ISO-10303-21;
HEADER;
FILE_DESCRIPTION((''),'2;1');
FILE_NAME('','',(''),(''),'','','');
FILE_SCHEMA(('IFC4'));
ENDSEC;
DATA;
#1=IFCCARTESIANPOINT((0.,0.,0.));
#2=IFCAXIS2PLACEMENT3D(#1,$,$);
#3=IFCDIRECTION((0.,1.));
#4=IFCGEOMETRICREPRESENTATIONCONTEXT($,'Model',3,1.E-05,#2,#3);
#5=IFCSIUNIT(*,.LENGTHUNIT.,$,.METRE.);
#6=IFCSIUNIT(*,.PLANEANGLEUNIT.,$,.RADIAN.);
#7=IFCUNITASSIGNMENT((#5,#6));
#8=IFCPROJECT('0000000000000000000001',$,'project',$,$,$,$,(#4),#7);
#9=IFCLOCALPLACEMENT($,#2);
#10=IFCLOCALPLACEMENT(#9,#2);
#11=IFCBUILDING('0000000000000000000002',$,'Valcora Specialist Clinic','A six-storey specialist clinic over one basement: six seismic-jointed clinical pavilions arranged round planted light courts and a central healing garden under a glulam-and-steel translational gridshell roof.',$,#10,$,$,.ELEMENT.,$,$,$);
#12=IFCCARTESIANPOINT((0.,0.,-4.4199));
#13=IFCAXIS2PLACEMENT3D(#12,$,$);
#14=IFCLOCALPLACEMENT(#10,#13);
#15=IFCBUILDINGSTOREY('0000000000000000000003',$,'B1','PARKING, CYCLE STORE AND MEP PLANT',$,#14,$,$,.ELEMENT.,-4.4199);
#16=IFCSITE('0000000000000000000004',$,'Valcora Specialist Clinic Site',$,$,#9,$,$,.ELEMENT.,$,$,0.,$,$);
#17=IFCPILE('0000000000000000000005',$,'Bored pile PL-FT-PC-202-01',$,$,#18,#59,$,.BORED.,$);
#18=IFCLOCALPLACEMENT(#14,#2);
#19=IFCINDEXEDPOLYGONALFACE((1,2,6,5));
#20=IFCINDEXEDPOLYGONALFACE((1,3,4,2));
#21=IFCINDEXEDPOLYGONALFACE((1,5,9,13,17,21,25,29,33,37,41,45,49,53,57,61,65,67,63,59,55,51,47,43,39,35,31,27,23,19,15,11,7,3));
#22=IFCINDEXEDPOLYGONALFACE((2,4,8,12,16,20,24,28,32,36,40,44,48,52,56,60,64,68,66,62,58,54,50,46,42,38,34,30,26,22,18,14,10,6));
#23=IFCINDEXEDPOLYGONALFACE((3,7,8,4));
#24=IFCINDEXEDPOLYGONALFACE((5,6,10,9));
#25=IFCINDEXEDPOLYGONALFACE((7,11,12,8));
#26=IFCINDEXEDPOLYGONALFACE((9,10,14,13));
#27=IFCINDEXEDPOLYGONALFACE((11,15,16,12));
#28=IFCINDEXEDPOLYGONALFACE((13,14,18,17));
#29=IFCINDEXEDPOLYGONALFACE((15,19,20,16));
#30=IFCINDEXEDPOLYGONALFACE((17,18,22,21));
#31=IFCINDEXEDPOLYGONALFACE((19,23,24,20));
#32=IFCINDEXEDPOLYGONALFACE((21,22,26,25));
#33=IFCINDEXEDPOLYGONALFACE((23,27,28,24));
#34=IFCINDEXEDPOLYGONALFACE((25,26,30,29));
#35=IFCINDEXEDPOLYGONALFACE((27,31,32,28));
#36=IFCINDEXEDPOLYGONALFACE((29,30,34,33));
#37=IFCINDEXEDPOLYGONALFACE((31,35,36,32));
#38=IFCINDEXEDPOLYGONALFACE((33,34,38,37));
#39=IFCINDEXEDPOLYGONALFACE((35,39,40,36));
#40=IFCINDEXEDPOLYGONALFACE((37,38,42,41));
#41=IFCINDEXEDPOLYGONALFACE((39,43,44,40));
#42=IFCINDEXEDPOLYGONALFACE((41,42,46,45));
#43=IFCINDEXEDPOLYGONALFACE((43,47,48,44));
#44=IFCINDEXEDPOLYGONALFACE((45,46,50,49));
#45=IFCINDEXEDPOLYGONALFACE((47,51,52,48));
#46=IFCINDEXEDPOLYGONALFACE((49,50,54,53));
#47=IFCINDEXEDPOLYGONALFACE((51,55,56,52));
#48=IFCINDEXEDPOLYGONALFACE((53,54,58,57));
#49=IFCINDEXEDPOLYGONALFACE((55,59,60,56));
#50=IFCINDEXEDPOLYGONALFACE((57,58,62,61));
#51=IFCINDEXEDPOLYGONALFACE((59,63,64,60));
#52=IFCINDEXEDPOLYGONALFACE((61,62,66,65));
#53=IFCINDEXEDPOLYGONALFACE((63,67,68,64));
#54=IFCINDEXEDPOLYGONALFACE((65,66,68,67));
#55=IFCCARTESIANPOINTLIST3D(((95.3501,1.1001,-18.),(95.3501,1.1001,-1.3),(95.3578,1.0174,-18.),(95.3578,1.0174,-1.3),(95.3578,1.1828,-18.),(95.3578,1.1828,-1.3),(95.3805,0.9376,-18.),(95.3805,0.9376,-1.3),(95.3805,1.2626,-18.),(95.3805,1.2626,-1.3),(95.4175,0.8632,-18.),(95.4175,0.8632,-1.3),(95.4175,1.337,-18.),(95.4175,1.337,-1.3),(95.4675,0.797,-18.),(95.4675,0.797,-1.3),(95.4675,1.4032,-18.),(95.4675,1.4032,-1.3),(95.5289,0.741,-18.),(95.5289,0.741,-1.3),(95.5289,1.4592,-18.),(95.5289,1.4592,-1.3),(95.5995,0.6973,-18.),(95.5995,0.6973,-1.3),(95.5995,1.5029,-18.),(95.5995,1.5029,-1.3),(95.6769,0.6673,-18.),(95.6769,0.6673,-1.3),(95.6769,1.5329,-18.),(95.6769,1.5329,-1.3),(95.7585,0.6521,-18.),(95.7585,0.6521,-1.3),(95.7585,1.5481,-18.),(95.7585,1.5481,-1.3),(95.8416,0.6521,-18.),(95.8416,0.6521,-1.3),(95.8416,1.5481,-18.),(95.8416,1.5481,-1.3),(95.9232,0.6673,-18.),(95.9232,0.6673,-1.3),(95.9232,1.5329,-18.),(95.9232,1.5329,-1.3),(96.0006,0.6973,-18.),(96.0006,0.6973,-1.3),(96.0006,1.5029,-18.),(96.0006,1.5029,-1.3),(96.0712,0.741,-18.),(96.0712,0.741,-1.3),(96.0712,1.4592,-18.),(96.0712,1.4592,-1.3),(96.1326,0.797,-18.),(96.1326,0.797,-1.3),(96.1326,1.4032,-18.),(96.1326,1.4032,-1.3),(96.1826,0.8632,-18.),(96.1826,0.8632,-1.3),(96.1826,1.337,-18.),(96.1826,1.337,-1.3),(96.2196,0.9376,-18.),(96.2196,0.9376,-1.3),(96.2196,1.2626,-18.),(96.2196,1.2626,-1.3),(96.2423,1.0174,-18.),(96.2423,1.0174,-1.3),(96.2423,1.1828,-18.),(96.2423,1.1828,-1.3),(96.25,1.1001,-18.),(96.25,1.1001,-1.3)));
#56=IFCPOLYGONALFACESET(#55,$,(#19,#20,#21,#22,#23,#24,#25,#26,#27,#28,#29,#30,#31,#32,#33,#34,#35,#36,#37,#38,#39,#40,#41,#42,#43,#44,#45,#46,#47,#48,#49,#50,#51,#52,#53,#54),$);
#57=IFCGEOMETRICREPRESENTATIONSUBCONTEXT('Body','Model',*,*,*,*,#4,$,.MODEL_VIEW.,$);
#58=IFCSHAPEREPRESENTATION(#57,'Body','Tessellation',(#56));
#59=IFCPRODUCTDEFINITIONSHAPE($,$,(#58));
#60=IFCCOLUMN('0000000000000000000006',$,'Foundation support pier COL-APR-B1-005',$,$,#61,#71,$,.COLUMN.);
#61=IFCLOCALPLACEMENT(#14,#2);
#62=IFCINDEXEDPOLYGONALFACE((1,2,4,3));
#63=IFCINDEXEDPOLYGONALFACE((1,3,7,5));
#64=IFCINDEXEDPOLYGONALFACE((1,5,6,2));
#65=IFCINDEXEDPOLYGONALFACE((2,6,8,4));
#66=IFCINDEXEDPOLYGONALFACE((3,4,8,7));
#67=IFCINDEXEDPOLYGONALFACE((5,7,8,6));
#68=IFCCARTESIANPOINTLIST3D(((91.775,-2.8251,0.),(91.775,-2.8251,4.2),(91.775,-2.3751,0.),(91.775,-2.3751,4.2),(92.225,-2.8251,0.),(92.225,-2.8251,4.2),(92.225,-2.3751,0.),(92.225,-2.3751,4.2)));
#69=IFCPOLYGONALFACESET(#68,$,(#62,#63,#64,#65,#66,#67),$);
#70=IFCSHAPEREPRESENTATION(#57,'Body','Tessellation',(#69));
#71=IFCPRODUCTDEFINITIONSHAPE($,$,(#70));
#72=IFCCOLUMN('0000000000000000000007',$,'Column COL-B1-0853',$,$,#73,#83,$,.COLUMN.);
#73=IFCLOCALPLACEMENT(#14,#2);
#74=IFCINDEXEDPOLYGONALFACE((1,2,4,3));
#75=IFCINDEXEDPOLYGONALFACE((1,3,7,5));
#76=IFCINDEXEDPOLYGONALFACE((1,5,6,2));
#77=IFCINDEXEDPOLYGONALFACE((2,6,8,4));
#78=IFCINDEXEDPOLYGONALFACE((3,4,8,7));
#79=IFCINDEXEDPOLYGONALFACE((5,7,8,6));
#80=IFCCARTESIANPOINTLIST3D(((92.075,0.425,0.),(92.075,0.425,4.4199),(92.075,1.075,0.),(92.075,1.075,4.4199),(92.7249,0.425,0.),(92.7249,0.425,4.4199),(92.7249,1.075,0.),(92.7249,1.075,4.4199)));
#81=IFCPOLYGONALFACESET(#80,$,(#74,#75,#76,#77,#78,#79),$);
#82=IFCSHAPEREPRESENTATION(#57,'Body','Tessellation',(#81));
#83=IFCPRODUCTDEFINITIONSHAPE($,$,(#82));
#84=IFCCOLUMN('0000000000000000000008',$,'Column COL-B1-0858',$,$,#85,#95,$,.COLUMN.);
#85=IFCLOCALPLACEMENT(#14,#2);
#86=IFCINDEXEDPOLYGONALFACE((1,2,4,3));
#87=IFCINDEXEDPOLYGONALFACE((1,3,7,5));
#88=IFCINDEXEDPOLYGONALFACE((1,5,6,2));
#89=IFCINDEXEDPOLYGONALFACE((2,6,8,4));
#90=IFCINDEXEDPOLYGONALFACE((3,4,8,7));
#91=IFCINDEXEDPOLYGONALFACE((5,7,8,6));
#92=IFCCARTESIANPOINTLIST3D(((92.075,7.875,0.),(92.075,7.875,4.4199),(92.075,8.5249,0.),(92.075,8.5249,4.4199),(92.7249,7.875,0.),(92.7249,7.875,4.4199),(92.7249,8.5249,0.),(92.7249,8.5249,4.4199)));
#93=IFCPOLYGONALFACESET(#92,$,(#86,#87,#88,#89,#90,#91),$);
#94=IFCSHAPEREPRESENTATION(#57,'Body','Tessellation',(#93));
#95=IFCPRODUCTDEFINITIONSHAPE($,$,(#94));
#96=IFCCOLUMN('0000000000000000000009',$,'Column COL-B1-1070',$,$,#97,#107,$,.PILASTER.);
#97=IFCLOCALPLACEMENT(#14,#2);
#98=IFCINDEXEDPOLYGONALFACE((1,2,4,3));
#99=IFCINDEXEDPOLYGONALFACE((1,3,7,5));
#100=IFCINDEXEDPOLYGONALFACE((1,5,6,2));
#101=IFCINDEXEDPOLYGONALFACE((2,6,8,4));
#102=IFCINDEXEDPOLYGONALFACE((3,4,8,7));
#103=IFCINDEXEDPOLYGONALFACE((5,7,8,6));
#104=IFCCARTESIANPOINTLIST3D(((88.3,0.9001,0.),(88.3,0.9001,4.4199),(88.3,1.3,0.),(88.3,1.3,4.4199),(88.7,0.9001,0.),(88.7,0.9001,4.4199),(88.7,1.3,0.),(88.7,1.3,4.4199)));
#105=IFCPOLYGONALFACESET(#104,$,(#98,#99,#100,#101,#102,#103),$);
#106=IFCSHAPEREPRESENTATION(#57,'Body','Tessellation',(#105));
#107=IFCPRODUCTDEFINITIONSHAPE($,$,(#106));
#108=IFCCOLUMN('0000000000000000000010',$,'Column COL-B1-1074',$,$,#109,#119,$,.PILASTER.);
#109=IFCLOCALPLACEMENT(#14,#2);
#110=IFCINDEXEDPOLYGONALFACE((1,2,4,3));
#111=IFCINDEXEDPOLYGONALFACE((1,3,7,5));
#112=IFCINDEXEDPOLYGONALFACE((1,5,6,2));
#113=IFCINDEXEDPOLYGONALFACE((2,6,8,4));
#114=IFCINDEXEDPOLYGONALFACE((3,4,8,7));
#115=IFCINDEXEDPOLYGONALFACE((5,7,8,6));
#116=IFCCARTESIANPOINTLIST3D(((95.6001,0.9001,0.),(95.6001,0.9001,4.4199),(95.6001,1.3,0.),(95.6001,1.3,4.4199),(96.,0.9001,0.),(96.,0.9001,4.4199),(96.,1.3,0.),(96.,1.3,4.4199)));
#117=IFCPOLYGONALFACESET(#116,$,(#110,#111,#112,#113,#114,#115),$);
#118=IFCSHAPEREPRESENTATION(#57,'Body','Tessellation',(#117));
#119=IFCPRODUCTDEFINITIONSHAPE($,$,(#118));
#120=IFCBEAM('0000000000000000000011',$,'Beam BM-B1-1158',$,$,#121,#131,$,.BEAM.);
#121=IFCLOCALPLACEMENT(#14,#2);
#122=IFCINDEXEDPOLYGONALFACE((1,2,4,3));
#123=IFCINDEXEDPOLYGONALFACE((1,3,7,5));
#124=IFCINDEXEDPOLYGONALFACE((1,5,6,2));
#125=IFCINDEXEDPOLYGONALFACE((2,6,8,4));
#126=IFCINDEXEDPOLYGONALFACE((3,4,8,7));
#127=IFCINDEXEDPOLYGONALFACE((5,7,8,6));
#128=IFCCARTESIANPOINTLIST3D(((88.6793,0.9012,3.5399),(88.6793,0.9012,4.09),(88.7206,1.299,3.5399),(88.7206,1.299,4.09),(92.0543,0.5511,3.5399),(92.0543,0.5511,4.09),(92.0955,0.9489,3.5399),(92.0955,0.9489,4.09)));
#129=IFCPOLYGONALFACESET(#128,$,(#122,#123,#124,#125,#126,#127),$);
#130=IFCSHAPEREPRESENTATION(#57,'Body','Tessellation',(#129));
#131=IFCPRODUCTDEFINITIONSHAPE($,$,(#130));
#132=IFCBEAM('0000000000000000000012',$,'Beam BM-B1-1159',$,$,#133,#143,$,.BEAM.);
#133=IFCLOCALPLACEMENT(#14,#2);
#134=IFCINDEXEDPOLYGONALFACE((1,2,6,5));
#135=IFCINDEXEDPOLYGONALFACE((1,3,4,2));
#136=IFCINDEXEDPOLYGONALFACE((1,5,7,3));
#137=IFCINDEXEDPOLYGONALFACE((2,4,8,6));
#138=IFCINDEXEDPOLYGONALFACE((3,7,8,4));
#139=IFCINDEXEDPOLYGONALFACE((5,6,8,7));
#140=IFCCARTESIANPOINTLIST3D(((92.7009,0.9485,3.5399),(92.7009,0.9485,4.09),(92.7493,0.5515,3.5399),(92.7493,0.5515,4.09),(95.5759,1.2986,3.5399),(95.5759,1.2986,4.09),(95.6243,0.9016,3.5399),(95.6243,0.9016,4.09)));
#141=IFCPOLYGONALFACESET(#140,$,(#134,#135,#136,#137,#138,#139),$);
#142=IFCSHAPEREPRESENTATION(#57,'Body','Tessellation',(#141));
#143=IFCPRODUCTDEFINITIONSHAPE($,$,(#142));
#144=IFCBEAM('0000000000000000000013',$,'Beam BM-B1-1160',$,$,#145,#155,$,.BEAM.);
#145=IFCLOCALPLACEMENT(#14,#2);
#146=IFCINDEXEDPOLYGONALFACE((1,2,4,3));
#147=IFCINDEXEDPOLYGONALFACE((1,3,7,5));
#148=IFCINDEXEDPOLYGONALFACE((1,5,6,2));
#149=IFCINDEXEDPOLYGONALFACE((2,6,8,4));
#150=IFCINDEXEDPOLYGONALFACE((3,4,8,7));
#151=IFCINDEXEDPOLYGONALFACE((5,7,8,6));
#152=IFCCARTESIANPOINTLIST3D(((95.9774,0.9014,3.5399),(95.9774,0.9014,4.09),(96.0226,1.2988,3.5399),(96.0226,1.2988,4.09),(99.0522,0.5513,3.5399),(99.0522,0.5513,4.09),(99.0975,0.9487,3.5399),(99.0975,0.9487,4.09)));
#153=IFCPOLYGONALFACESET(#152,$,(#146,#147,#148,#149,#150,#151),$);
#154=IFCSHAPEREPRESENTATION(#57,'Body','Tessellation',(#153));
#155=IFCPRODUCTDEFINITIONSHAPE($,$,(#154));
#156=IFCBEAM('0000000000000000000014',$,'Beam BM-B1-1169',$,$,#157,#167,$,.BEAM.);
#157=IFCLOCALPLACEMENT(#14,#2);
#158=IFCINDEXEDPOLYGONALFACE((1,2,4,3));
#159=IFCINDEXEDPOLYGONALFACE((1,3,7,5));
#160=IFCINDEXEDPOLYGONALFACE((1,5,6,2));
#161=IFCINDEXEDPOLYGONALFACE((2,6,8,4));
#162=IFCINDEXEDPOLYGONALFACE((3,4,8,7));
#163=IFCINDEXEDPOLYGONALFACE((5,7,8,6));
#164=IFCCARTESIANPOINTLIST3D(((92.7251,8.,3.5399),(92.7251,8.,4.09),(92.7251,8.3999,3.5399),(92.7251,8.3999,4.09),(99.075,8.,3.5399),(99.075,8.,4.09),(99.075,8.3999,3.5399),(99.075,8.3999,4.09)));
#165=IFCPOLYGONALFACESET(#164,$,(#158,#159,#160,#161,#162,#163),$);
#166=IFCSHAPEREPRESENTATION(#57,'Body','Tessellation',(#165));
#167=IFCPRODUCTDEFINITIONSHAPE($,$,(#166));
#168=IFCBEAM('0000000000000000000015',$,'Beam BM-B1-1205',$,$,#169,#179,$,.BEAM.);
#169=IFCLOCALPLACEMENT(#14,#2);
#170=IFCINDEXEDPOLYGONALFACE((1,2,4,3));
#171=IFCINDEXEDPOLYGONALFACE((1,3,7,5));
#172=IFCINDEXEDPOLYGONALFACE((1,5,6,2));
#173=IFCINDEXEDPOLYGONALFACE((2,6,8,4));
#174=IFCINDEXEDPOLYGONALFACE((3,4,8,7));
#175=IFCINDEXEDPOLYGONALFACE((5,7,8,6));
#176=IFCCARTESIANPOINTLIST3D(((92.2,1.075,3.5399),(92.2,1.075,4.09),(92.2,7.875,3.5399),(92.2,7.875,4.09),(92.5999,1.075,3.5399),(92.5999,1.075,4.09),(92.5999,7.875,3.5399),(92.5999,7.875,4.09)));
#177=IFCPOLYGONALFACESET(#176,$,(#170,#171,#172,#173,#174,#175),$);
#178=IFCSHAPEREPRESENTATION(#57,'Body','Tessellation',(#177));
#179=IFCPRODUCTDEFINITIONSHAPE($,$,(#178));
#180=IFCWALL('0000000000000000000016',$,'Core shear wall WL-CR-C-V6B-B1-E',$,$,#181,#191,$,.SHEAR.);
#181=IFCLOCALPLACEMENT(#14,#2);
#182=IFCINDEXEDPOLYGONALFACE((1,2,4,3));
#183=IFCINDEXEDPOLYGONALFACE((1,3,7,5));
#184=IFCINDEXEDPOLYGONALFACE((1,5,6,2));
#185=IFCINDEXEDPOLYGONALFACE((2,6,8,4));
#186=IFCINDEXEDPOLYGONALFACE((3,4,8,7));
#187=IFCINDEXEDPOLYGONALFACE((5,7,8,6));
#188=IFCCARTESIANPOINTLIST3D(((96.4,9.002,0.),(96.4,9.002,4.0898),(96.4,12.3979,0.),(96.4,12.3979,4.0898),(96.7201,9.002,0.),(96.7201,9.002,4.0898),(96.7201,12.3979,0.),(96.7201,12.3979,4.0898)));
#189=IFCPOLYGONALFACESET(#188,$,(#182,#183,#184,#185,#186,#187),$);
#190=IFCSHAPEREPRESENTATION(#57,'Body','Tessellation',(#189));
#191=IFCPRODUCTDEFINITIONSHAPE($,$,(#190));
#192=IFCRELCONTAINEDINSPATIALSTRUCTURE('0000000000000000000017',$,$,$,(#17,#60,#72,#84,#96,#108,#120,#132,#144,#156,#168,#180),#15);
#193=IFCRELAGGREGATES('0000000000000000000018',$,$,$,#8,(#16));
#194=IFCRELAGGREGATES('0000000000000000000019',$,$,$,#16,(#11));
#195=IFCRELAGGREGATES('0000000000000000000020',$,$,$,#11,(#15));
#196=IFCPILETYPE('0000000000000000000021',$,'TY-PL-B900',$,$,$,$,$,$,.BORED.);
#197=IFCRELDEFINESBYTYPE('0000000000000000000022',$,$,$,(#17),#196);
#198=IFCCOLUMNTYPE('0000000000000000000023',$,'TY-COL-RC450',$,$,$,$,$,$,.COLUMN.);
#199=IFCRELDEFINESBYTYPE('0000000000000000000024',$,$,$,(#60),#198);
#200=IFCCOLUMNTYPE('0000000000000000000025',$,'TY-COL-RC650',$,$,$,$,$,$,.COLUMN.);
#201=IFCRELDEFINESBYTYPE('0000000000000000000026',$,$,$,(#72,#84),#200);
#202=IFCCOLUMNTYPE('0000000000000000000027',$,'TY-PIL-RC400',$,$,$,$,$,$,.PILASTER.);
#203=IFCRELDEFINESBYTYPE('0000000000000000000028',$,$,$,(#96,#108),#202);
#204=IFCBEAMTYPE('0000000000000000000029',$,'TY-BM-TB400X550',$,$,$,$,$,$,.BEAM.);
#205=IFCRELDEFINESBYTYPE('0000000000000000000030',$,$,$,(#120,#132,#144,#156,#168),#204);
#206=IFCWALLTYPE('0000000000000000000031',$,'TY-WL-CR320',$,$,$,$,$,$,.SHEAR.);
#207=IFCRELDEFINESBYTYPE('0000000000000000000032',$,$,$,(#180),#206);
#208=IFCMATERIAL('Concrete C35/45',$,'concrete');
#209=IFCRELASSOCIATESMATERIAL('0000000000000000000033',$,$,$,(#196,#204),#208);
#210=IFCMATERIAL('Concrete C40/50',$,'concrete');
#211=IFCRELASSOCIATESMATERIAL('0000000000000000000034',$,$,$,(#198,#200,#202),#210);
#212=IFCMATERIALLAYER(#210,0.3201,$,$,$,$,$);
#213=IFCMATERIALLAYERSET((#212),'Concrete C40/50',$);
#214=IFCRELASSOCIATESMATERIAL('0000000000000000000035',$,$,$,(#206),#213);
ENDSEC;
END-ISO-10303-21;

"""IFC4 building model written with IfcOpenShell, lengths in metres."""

from ifc_helpers import new_model, si_unit, direction, frame, frame_2d, origin, origin_2d, place, context, subcontext, project, spatial, rectangle, circle, extrude, material, layer, layer_set, material_profile, profile_set, type_object, element, save


model = new_model("IFC4")

# Units and contexts
model_context = context("Model", 3, precision=1e-05, world=origin(), true_north=direction((0.0, 1.0)))
body_context = subcontext(model_context, "Body", "Model", "MODEL_VIEW")
ifc_project = project(units=[si_unit("LENGTHUNIT", "METRE"), si_unit("PLANEANGLEUNIT", "RADIAN")], contexts=[model_context])

# Site, building, storey
site_placement = place(None, origin())
site = spatial("IfcSite", under=ifc_project, at=site_placement, Name="Valcora Specialist Clinic Site", CompositionType="ELEMENT", RefElevation=0.0)
building_placement = place(site_placement, origin())
building = spatial("IfcBuilding", under=site, at=building_placement, Name="Valcora Specialist Clinic", Description="A six-storey specialist clinic over one basement: six seismic-jointed clinical pavilions arranged round planted light courts and a central healing garden under a glulam-and-steel translational gridshell roof.", CompositionType="ELEMENT")
storey_placement = place(building_placement, frame((0.0, 0.0, -4.4199)))
storey = spatial("IfcBuildingStorey", under=building, at=storey_placement, Name="B1", Description="PARKING, CYCLE STORE AND MEP PLANT", CompositionType="ELEMENT", Elevation=-4.4199)

# Shared definitions
ifc_material_1 = material(Name="Concrete C35/45", Category="concrete")

# Pile
ifc_material_profile_1 = material_profile(ifc_material_1, circle(Radius=0.45, at=origin_2d()), Name="RC-PIL-D900")
ifc_profile_set_1 = profile_set([ifc_material_profile_1], Name="Concrete C35/45")
pile_type_1 = type_object("IfcPileType", Name="TY-PL-B900", PredefinedType="BORED", material=ifc_profile_set_1)
for number, where, z_axis, x_axis, name in (
    (1, (95.8, 1.1001, -1.3), (0.0, 0.0, -1.0), (1.0, 0.0, 0.0), "Bored pile PL-FT-PC-202-01"),
):
    element("IfcPile", number, at=place(storey_placement, frame(where, z_axis=z_axis, x_axis=x_axis)), inside=storey, type_object=pile_type_1, Name=name, PredefinedType="BORED", context=body_context, shape_type="SweptSolid", body=[
        extrude(circle(Radius=0.45, at=origin_2d()), origin(), (0.0, 0.0, 1.0), 16.7),
    ])

# Columns
ifc_material_2 = material(Name="Concrete C40/50", Category="concrete")
ifc_material_profile_2 = material_profile(ifc_material_2, rectangle(XDim=0.45, YDim=0.45, at=origin_2d()), Name="RC-COL-450X450")
ifc_profile_set_2 = profile_set([ifc_material_profile_2], Name="Concrete C40/50")
column_type_1 = type_object("IfcColumnType", Name="TY-COL-RC450", PredefinedType="COLUMN", material=ifc_profile_set_2)
column_placement = place(storey_placement, frame((92.0, -2.6001, 0.0), z_axis=(0.0, 0.0, 1.0), x_axis=(1.0, 0.0, 0.0)))
element("IfcColumn", 2, at=column_placement, inside=storey, type_object=column_type_1, Name="Foundation support pier COL-APR-B1-005", PredefinedType="COLUMN", context=body_context, shape_type="SweptSolid", body=[
    extrude(rectangle(XDim=0.45, YDim=0.45, at=origin_2d()), origin(), (0.0, 0.0, 1.0), 4.2),
])
ifc_material_profile_3 = material_profile(ifc_material_2, rectangle(XDim=0.6499, YDim=0.6499, at=origin_2d()), Name="RC-COL-650X650")
ifc_profile_set_3 = profile_set([ifc_material_profile_3], Name="Concrete C40/50")
column_type_2 = type_object("IfcColumnType", Name="TY-COL-RC650", PredefinedType="COLUMN", material=ifc_profile_set_3)
for number, where, z_axis, x_axis, name in (
    (3, (92.3999, 0.75, 0.0), (0.0, 0.0, 1.0), (1.0, 0.0, 0.0), "Column COL-B1-0853"),
    (4, (92.3999, 8.2, 0.0), (0.0, 0.0, 1.0), (1.0, 0.0, 0.0), "Column COL-B1-0858"),
):
    element("IfcColumn", number, at=place(storey_placement, frame(where, z_axis=z_axis, x_axis=x_axis)), inside=storey, type_object=column_type_2, Name=name, PredefinedType="COLUMN", context=body_context, shape_type="SweptSolid", body=[
        extrude(rectangle(XDim=0.6499, YDim=0.6499, at=origin_2d()), origin(), (0.0, 0.0, 1.0), 4.4199),
    ])
ifc_material_profile_4 = material_profile(ifc_material_2, rectangle(XDim=0.3999, YDim=0.3999, at=origin_2d()), Name="RC-COL-400X400")
ifc_profile_set_4 = profile_set([ifc_material_profile_4], Name="Concrete C40/50")
column_type_3 = type_object("IfcColumnType", Name="TY-PIL-RC400", PredefinedType="PILASTER", material=ifc_profile_set_4)
for number, where, z_axis, x_axis, name in (
    (5, (88.5, 1.1001, 0.0), (0.0, 0.0, 1.0), (1.0, 0.0, 0.0), "Column COL-B1-1070"),
    (6, (95.8, 1.1001, 0.0), (0.0, 0.0, 1.0), (1.0, 0.0, 0.0), "Column COL-B1-1074"),
):
    element("IfcColumn", number, at=place(storey_placement, frame(where, z_axis=z_axis, x_axis=x_axis)), inside=storey, type_object=column_type_3, Name=name, PredefinedType="PILASTER", context=body_context, shape_type="SweptSolid", body=[
        extrude(rectangle(XDim=0.3999, YDim=0.3999, at=origin_2d()), origin(), (0.0, 0.0, 1.0), 4.4199),
    ])

# Beams
ifc_material_profile_5 = material_profile(ifc_material_1, rectangle(XDim=0.3999, YDim=0.55, at=origin_2d()), Name="RC-TB-400X550")
ifc_profile_set_5 = profile_set([ifc_material_profile_5], Name="Concrete C35/45")
beam_type = type_object("IfcBeamType", Name="TY-BM-TB400X550", PredefinedType="BEAM", material=ifc_profile_set_5)
beam_1_placement = place(storey_placement, frame((88.7, 1.1001, 3.8149), z_axis=(0.994663, -0.103179, 0.0), x_axis=(0.103179, 0.994663, 0.0)))
element("IfcBeam", 7, at=beam_1_placement, inside=storey, type_object=beam_type, Name="Beam BM-B1-1158", PredefinedType="BEAM", context=body_context, shape_type="SweptSolid", body=[
    extrude(rectangle(XDim=0.3999, YDim=0.55, at=origin_2d()), origin(), (0.0, 0.0, 1.0), 3.3931),
])
beam_2_placement = place(storey_placement, frame((92.7251, 0.75, 3.8149), z_axis=(0.992667, 0.12088, 0.0), x_axis=(-0.12088, 0.992667, 0.0)))
element("IfcBeam", 8, at=beam_2_placement, inside=storey, type_object=beam_type, Name="Beam BM-B1-1159", PredefinedType="BEAM", context=body_context, shape_type="SweptSolid", body=[
    extrude(rectangle(XDim=0.3999, YDim=0.55, at=origin_2d()), origin(), (0.0, 0.0, 1.0), 2.8962),
])
beam_3_placement = place(storey_placement, frame((96.0, 1.1001, 3.8149), z_axis=(0.993581, -0.113124, 0.0), x_axis=(0.113124, 0.993581, 0.0)))
element("IfcBeam", 9, at=beam_3_placement, inside=storey, type_object=beam_type, Name="Beam BM-B1-1160", PredefinedType="BEAM", context=body_context, shape_type="SweptSolid", body=[
    extrude(rectangle(XDim=0.3999, YDim=0.55, at=origin_2d()), origin(), (0.0, 0.0, 1.0), 3.0947),
])
beam_4_placement = place(storey_placement, frame((92.7251, 8.2, 3.8149), z_axis=(1.0, 0.0, 0.0), x_axis=(0.0, 1.0, 0.0)))
element("IfcBeam", 10, at=beam_4_placement, inside=storey, type_object=beam_type, Name="Beam BM-B1-1169", PredefinedType="BEAM", context=body_context, shape_type="SweptSolid", body=[
    extrude(rectangle(XDim=0.3999, YDim=0.55, at=origin_2d()), origin(), (0.0, 0.0, 1.0), 6.3499),
])
beam_5_placement = place(storey_placement, frame((92.3999, 1.075, 3.8149), z_axis=(0.0, 1.0, 0.0), x_axis=(-1.0, 0.0, 0.0)))
element("IfcBeam", 11, at=beam_5_placement, inside=storey, type_object=beam_type, Name="Beam BM-B1-1205", PredefinedType="BEAM", context=body_context, shape_type="SweptSolid", body=[
    extrude(rectangle(XDim=0.3999, YDim=0.55, at=origin_2d()), origin(), (0.0, 0.0, 1.0), 6.8),
])

# Wall
ifc_layer_1 = layer(ifc_material_2, 0.3201)
ifc_layer_set_1 = layer_set([ifc_layer_1], Name="Concrete C40/50")
wall_type_1 = type_object("IfcWallType", Name="TY-WL-CR320", PredefinedType="SHEAR", material=ifc_layer_set_1)
wall_1_placement = place(storey_placement, frame((96.5601, 9.002, 0.0), z_axis=(0.0, 0.0, 1.0), x_axis=(0.0, 1.0, 0.0)))
element("IfcWall", 12, at=wall_1_placement, inside=storey, type_object=wall_type_1, Name="Core shear wall WL-CR-C-V6B-B1-E", PredefinedType="SHEAR", context=body_context, shape_type="SweptSolid", body=[
    extrude(rectangle(XDim=3.396, YDim=0.3201, at=frame_2d((1.698, 0.0))), origin(), (0.0, 0.0, 1.0), 4.0898),
])

save(model, "model.ifc")
